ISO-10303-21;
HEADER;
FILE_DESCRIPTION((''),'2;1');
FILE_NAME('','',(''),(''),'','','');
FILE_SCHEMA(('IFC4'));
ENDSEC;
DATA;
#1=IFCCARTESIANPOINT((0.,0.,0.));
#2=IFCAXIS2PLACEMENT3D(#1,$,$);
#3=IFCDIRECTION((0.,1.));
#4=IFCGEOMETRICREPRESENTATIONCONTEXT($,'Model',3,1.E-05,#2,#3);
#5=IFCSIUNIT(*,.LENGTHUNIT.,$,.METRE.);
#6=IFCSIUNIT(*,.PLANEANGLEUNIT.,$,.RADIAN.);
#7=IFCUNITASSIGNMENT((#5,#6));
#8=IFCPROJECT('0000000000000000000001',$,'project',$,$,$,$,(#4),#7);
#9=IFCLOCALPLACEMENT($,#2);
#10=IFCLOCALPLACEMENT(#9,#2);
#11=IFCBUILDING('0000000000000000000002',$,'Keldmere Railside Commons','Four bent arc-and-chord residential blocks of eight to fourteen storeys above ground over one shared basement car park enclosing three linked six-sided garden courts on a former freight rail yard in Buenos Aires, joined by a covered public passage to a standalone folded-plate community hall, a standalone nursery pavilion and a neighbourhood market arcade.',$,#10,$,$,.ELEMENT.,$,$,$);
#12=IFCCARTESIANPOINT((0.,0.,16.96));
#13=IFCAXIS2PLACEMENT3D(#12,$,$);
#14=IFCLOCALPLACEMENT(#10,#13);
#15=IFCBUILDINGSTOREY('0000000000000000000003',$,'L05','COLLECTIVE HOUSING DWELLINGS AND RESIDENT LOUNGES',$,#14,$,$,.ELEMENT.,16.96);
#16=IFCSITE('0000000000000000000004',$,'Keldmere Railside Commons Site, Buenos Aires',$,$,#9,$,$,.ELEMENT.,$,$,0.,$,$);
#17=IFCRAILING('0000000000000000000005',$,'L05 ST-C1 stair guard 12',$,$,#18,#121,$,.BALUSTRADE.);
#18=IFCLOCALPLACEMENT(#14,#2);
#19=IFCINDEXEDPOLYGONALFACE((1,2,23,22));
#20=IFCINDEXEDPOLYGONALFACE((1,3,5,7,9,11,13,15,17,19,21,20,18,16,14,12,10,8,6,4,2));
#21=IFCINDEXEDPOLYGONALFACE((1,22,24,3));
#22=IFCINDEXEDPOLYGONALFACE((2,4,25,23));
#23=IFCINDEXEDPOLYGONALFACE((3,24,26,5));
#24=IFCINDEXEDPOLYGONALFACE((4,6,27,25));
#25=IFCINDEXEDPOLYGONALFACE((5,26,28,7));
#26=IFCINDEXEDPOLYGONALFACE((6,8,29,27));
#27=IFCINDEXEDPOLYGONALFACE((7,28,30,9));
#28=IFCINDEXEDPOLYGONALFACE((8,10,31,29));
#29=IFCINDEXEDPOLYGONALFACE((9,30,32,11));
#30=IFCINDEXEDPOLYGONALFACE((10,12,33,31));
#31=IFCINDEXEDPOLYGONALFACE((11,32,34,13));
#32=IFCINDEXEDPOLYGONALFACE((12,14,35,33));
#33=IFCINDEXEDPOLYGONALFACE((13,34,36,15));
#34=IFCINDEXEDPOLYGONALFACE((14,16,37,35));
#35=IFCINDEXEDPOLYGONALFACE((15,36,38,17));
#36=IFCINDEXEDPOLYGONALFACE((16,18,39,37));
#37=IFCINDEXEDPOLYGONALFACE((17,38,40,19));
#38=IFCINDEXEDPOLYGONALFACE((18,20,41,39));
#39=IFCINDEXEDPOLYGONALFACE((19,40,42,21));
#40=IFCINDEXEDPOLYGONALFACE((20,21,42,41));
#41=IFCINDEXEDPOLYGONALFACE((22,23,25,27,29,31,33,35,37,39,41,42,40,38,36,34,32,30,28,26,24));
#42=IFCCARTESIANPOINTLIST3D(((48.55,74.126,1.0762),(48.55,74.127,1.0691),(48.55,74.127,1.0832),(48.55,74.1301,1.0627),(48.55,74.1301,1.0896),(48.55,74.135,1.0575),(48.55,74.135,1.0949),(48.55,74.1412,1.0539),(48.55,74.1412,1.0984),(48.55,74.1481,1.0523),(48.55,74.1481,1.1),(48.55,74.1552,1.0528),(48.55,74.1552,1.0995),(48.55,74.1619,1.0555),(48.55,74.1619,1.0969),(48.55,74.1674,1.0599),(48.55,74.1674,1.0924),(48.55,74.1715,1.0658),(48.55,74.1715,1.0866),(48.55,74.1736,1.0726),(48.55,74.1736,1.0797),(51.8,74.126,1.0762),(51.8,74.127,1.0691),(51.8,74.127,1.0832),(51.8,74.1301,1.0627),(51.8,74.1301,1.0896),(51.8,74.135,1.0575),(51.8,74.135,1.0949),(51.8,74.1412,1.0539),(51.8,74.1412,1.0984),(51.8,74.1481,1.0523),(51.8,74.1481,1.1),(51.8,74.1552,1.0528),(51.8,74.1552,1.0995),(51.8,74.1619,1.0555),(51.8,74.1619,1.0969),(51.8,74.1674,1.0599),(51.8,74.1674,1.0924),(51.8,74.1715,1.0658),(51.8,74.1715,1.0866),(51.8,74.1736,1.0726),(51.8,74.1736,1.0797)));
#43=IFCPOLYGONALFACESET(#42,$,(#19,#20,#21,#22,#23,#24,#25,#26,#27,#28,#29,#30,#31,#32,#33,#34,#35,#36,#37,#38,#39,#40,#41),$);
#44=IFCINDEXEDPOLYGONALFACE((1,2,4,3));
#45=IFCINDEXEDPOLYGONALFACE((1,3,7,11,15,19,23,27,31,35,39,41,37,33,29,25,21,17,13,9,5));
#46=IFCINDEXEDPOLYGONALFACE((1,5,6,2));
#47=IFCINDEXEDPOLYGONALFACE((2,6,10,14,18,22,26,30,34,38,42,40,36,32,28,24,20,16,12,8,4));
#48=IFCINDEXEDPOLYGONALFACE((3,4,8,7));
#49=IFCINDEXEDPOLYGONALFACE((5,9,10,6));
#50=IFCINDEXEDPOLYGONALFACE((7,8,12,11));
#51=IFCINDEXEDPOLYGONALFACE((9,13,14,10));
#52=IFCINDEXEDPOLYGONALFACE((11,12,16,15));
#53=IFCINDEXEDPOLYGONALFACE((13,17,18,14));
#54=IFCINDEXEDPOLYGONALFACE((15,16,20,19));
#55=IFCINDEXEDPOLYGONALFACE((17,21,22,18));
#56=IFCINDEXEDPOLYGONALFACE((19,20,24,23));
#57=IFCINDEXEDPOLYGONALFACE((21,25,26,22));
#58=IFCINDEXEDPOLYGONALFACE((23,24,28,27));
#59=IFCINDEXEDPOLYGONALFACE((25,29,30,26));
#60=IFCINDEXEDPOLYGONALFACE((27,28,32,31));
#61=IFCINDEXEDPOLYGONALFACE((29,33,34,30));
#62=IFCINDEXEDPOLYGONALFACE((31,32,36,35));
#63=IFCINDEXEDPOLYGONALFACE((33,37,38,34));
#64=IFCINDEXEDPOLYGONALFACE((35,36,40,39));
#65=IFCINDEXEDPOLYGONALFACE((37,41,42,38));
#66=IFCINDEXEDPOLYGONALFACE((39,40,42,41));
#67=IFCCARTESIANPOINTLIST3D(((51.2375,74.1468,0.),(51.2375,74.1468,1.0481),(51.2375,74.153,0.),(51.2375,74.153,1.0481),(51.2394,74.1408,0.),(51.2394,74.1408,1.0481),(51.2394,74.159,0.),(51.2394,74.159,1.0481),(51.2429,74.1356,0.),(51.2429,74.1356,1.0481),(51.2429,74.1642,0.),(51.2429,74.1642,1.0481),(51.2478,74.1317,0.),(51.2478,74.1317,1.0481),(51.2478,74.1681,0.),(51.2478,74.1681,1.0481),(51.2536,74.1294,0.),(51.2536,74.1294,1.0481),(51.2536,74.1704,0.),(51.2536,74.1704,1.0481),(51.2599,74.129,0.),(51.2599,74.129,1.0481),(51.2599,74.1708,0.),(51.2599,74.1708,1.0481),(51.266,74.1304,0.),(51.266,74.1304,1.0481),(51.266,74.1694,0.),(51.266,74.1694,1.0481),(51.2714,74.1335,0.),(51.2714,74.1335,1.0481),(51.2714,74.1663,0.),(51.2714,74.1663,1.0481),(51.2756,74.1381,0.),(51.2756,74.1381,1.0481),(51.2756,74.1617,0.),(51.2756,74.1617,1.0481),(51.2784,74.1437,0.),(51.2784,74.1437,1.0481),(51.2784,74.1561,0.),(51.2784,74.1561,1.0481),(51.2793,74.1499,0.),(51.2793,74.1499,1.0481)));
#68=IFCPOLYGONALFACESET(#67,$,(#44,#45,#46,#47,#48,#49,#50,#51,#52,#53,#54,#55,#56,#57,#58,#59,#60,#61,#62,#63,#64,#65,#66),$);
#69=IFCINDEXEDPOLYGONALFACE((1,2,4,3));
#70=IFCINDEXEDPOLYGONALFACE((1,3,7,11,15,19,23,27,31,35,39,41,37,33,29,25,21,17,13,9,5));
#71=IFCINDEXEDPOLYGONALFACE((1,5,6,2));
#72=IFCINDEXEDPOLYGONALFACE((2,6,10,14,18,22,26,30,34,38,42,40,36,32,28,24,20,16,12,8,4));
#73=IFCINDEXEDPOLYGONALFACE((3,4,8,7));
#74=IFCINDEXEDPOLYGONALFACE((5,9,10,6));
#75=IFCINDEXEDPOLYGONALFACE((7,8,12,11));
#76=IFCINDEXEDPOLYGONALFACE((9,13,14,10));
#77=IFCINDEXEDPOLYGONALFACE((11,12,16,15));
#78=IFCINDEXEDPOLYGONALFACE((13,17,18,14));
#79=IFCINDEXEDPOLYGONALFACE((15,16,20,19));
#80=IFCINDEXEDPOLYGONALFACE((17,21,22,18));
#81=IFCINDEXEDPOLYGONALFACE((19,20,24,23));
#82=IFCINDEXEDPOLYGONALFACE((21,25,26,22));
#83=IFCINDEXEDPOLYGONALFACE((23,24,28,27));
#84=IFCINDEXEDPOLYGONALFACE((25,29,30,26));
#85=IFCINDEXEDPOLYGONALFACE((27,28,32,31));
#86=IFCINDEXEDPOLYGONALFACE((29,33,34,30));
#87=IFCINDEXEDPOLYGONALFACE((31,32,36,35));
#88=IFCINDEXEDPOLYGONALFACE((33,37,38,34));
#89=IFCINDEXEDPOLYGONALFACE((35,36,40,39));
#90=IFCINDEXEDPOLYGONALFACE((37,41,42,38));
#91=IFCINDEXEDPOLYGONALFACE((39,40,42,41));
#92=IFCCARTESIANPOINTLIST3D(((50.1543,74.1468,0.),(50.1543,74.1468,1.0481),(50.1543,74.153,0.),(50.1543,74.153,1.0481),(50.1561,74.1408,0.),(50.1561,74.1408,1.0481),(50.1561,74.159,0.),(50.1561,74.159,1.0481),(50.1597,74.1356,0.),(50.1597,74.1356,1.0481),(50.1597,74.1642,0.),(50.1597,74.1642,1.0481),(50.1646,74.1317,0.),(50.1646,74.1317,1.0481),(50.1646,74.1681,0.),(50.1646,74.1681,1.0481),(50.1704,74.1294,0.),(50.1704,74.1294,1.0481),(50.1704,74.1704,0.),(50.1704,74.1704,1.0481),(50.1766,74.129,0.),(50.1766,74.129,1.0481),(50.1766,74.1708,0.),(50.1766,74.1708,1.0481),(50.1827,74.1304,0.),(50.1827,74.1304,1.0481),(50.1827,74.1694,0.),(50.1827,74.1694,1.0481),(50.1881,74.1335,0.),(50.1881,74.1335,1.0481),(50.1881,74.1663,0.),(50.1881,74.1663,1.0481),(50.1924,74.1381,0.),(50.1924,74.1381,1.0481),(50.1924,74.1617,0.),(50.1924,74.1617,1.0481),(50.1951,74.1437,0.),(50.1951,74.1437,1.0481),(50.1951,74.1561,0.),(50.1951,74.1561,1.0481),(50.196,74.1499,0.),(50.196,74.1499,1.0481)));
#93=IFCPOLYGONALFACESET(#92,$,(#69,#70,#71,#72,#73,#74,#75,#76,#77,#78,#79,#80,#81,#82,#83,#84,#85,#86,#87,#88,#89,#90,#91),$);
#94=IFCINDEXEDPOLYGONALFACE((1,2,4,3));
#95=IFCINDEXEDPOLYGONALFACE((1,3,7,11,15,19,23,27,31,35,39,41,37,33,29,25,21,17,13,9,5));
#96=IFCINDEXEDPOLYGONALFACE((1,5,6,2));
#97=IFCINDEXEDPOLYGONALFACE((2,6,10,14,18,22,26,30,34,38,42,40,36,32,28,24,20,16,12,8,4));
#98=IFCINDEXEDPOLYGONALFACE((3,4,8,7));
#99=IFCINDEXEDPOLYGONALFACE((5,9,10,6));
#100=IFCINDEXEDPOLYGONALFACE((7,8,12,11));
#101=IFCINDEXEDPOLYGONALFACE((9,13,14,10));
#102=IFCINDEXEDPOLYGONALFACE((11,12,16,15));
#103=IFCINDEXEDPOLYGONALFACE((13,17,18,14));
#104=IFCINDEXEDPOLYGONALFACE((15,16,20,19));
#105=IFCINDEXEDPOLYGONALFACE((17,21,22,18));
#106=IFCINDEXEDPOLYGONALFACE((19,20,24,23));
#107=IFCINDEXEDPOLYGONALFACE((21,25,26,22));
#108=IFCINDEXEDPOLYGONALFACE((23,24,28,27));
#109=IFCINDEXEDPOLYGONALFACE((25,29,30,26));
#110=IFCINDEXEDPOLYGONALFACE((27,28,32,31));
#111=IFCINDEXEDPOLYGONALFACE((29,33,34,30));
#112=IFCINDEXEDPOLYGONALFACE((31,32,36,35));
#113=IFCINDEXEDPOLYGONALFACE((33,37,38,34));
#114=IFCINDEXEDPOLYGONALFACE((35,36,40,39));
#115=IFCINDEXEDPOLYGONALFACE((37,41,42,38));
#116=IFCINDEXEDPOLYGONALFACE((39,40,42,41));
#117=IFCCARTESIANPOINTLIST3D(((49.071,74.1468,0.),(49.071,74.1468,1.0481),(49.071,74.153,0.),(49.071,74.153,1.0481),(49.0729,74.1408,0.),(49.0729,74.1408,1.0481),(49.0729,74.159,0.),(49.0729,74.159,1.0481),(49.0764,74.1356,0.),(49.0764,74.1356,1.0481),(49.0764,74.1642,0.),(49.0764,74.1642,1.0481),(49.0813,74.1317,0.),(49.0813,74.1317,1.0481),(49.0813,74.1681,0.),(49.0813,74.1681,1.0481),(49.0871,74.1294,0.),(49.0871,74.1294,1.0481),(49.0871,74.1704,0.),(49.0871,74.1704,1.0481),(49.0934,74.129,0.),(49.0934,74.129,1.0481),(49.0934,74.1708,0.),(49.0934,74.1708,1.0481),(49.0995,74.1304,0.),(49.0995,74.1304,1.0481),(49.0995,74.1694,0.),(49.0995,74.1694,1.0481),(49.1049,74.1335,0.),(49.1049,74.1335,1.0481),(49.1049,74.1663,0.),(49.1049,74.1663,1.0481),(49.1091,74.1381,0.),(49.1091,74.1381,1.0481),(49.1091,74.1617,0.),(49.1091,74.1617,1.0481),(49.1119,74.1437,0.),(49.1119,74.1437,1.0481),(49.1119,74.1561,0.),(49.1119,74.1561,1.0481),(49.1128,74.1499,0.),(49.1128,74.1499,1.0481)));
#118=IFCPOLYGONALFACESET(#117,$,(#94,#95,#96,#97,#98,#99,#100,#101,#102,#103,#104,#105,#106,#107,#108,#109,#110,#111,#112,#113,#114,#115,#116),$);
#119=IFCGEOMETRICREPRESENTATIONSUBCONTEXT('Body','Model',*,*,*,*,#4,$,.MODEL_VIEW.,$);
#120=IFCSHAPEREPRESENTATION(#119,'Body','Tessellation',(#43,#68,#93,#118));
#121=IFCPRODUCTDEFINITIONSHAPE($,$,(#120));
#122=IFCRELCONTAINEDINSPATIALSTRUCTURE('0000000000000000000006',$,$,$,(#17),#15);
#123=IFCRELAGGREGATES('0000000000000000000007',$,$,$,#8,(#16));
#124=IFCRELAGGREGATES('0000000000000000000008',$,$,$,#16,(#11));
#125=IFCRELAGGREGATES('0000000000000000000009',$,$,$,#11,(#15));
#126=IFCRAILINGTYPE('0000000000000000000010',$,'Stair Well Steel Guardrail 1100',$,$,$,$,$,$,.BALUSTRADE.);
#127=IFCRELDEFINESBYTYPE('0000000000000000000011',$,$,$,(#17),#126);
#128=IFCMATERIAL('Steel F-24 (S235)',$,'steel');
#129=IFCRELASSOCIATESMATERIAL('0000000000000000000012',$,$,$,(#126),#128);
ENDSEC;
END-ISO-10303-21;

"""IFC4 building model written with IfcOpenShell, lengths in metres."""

from ifc_helpers import new_model, si_unit, direction, frame, origin, origin_2d, place, context, subcontext, project, spatial, circle, extrude, material, type_object, element, save


model = new_model("IFC4")

# Units and contexts
model_context = context("Model", 3, precision=1e-05, world=origin(), true_north=direction((0.0, 1.0)))
body_context = subcontext(model_context, "Body", "Model", "MODEL_VIEW")
ifc_project = project(units=[si_unit("LENGTHUNIT", "METRE"), si_unit("PLANEANGLEUNIT", "RADIAN")], contexts=[model_context])

# Site, building, storey
site_placement = place(None, origin())
site = spatial("IfcSite", under=ifc_project, at=site_placement, Name="Keldmere Railside Commons Site, Buenos Aires", CompositionType="ELEMENT", RefElevation=0.0)
building_placement = place(site_placement, origin())
building = spatial("IfcBuilding", under=site, at=building_placement, Name="Keldmere Railside Commons", Description="Four bent arc-and-chord residential blocks of eight to fourteen storeys above ground over one shared basement car park enclosing three linked six-sided garden courts on a former freight rail yard in Buenos Aires, joined by a covered public passage to a standalone folded-plate community hall, a standalone nursery pavilion and a neighbourhood market arcade.", CompositionType="ELEMENT")
storey_placement = place(building_placement, frame((0.0, 0.0, 16.96)))
storey = spatial("IfcBuildingStorey", under=building, at=storey_placement, Name="L05", Description="COLLECTIVE HOUSING DWELLINGS AND RESIDENT LOUNGES", CompositionType="ELEMENT", Elevation=16.96)

# Shared definitions
ifc_material_1 = material(Name="Steel F-24 (S235)", Category="steel")

# Railing
railing_type = type_object("IfcRailingType", Name="Stair Well Steel Guardrail 1100", PredefinedType="BALUSTRADE", material=ifc_material_1)
railing_1_placement = place(storey_placement, frame((51.8, 74.1499, 0.0)))
element("IfcRailing", 1, at=railing_1_placement, inside=storey, type_object=railing_type, Name="L05 ST-C1 stair guard 12", PredefinedType="BALUSTRADE", context=body_context, shape_type="SweptSolid", body=[
    extrude(circle(Radius=0.0239, at=origin_2d()), frame((0.0, 0.0, 1.0762), z_axis=(-1.0, 0.0, 0.0), x_axis=(0.0, -1.0, 0.0)), (0.0, 0.0, 1.0), 3.25),
    extrude(circle(Radius=0.021, at=origin_2d()), frame((-0.5417, 0.0, 0.0)), (0.0, 0.0, 1.0), 1.0481),
    extrude(circle(Radius=0.021, at=origin_2d()), frame((-1.625, 0.0, 0.0)), (0.0, 0.0, 1.0), 1.0481),
    extrude(circle(Radius=0.021, at=origin_2d()), frame((-2.7083, 0.0, 0.0)), (0.0, 0.0, 1.0), 1.0481),
])

save(model, "model.ifc")
